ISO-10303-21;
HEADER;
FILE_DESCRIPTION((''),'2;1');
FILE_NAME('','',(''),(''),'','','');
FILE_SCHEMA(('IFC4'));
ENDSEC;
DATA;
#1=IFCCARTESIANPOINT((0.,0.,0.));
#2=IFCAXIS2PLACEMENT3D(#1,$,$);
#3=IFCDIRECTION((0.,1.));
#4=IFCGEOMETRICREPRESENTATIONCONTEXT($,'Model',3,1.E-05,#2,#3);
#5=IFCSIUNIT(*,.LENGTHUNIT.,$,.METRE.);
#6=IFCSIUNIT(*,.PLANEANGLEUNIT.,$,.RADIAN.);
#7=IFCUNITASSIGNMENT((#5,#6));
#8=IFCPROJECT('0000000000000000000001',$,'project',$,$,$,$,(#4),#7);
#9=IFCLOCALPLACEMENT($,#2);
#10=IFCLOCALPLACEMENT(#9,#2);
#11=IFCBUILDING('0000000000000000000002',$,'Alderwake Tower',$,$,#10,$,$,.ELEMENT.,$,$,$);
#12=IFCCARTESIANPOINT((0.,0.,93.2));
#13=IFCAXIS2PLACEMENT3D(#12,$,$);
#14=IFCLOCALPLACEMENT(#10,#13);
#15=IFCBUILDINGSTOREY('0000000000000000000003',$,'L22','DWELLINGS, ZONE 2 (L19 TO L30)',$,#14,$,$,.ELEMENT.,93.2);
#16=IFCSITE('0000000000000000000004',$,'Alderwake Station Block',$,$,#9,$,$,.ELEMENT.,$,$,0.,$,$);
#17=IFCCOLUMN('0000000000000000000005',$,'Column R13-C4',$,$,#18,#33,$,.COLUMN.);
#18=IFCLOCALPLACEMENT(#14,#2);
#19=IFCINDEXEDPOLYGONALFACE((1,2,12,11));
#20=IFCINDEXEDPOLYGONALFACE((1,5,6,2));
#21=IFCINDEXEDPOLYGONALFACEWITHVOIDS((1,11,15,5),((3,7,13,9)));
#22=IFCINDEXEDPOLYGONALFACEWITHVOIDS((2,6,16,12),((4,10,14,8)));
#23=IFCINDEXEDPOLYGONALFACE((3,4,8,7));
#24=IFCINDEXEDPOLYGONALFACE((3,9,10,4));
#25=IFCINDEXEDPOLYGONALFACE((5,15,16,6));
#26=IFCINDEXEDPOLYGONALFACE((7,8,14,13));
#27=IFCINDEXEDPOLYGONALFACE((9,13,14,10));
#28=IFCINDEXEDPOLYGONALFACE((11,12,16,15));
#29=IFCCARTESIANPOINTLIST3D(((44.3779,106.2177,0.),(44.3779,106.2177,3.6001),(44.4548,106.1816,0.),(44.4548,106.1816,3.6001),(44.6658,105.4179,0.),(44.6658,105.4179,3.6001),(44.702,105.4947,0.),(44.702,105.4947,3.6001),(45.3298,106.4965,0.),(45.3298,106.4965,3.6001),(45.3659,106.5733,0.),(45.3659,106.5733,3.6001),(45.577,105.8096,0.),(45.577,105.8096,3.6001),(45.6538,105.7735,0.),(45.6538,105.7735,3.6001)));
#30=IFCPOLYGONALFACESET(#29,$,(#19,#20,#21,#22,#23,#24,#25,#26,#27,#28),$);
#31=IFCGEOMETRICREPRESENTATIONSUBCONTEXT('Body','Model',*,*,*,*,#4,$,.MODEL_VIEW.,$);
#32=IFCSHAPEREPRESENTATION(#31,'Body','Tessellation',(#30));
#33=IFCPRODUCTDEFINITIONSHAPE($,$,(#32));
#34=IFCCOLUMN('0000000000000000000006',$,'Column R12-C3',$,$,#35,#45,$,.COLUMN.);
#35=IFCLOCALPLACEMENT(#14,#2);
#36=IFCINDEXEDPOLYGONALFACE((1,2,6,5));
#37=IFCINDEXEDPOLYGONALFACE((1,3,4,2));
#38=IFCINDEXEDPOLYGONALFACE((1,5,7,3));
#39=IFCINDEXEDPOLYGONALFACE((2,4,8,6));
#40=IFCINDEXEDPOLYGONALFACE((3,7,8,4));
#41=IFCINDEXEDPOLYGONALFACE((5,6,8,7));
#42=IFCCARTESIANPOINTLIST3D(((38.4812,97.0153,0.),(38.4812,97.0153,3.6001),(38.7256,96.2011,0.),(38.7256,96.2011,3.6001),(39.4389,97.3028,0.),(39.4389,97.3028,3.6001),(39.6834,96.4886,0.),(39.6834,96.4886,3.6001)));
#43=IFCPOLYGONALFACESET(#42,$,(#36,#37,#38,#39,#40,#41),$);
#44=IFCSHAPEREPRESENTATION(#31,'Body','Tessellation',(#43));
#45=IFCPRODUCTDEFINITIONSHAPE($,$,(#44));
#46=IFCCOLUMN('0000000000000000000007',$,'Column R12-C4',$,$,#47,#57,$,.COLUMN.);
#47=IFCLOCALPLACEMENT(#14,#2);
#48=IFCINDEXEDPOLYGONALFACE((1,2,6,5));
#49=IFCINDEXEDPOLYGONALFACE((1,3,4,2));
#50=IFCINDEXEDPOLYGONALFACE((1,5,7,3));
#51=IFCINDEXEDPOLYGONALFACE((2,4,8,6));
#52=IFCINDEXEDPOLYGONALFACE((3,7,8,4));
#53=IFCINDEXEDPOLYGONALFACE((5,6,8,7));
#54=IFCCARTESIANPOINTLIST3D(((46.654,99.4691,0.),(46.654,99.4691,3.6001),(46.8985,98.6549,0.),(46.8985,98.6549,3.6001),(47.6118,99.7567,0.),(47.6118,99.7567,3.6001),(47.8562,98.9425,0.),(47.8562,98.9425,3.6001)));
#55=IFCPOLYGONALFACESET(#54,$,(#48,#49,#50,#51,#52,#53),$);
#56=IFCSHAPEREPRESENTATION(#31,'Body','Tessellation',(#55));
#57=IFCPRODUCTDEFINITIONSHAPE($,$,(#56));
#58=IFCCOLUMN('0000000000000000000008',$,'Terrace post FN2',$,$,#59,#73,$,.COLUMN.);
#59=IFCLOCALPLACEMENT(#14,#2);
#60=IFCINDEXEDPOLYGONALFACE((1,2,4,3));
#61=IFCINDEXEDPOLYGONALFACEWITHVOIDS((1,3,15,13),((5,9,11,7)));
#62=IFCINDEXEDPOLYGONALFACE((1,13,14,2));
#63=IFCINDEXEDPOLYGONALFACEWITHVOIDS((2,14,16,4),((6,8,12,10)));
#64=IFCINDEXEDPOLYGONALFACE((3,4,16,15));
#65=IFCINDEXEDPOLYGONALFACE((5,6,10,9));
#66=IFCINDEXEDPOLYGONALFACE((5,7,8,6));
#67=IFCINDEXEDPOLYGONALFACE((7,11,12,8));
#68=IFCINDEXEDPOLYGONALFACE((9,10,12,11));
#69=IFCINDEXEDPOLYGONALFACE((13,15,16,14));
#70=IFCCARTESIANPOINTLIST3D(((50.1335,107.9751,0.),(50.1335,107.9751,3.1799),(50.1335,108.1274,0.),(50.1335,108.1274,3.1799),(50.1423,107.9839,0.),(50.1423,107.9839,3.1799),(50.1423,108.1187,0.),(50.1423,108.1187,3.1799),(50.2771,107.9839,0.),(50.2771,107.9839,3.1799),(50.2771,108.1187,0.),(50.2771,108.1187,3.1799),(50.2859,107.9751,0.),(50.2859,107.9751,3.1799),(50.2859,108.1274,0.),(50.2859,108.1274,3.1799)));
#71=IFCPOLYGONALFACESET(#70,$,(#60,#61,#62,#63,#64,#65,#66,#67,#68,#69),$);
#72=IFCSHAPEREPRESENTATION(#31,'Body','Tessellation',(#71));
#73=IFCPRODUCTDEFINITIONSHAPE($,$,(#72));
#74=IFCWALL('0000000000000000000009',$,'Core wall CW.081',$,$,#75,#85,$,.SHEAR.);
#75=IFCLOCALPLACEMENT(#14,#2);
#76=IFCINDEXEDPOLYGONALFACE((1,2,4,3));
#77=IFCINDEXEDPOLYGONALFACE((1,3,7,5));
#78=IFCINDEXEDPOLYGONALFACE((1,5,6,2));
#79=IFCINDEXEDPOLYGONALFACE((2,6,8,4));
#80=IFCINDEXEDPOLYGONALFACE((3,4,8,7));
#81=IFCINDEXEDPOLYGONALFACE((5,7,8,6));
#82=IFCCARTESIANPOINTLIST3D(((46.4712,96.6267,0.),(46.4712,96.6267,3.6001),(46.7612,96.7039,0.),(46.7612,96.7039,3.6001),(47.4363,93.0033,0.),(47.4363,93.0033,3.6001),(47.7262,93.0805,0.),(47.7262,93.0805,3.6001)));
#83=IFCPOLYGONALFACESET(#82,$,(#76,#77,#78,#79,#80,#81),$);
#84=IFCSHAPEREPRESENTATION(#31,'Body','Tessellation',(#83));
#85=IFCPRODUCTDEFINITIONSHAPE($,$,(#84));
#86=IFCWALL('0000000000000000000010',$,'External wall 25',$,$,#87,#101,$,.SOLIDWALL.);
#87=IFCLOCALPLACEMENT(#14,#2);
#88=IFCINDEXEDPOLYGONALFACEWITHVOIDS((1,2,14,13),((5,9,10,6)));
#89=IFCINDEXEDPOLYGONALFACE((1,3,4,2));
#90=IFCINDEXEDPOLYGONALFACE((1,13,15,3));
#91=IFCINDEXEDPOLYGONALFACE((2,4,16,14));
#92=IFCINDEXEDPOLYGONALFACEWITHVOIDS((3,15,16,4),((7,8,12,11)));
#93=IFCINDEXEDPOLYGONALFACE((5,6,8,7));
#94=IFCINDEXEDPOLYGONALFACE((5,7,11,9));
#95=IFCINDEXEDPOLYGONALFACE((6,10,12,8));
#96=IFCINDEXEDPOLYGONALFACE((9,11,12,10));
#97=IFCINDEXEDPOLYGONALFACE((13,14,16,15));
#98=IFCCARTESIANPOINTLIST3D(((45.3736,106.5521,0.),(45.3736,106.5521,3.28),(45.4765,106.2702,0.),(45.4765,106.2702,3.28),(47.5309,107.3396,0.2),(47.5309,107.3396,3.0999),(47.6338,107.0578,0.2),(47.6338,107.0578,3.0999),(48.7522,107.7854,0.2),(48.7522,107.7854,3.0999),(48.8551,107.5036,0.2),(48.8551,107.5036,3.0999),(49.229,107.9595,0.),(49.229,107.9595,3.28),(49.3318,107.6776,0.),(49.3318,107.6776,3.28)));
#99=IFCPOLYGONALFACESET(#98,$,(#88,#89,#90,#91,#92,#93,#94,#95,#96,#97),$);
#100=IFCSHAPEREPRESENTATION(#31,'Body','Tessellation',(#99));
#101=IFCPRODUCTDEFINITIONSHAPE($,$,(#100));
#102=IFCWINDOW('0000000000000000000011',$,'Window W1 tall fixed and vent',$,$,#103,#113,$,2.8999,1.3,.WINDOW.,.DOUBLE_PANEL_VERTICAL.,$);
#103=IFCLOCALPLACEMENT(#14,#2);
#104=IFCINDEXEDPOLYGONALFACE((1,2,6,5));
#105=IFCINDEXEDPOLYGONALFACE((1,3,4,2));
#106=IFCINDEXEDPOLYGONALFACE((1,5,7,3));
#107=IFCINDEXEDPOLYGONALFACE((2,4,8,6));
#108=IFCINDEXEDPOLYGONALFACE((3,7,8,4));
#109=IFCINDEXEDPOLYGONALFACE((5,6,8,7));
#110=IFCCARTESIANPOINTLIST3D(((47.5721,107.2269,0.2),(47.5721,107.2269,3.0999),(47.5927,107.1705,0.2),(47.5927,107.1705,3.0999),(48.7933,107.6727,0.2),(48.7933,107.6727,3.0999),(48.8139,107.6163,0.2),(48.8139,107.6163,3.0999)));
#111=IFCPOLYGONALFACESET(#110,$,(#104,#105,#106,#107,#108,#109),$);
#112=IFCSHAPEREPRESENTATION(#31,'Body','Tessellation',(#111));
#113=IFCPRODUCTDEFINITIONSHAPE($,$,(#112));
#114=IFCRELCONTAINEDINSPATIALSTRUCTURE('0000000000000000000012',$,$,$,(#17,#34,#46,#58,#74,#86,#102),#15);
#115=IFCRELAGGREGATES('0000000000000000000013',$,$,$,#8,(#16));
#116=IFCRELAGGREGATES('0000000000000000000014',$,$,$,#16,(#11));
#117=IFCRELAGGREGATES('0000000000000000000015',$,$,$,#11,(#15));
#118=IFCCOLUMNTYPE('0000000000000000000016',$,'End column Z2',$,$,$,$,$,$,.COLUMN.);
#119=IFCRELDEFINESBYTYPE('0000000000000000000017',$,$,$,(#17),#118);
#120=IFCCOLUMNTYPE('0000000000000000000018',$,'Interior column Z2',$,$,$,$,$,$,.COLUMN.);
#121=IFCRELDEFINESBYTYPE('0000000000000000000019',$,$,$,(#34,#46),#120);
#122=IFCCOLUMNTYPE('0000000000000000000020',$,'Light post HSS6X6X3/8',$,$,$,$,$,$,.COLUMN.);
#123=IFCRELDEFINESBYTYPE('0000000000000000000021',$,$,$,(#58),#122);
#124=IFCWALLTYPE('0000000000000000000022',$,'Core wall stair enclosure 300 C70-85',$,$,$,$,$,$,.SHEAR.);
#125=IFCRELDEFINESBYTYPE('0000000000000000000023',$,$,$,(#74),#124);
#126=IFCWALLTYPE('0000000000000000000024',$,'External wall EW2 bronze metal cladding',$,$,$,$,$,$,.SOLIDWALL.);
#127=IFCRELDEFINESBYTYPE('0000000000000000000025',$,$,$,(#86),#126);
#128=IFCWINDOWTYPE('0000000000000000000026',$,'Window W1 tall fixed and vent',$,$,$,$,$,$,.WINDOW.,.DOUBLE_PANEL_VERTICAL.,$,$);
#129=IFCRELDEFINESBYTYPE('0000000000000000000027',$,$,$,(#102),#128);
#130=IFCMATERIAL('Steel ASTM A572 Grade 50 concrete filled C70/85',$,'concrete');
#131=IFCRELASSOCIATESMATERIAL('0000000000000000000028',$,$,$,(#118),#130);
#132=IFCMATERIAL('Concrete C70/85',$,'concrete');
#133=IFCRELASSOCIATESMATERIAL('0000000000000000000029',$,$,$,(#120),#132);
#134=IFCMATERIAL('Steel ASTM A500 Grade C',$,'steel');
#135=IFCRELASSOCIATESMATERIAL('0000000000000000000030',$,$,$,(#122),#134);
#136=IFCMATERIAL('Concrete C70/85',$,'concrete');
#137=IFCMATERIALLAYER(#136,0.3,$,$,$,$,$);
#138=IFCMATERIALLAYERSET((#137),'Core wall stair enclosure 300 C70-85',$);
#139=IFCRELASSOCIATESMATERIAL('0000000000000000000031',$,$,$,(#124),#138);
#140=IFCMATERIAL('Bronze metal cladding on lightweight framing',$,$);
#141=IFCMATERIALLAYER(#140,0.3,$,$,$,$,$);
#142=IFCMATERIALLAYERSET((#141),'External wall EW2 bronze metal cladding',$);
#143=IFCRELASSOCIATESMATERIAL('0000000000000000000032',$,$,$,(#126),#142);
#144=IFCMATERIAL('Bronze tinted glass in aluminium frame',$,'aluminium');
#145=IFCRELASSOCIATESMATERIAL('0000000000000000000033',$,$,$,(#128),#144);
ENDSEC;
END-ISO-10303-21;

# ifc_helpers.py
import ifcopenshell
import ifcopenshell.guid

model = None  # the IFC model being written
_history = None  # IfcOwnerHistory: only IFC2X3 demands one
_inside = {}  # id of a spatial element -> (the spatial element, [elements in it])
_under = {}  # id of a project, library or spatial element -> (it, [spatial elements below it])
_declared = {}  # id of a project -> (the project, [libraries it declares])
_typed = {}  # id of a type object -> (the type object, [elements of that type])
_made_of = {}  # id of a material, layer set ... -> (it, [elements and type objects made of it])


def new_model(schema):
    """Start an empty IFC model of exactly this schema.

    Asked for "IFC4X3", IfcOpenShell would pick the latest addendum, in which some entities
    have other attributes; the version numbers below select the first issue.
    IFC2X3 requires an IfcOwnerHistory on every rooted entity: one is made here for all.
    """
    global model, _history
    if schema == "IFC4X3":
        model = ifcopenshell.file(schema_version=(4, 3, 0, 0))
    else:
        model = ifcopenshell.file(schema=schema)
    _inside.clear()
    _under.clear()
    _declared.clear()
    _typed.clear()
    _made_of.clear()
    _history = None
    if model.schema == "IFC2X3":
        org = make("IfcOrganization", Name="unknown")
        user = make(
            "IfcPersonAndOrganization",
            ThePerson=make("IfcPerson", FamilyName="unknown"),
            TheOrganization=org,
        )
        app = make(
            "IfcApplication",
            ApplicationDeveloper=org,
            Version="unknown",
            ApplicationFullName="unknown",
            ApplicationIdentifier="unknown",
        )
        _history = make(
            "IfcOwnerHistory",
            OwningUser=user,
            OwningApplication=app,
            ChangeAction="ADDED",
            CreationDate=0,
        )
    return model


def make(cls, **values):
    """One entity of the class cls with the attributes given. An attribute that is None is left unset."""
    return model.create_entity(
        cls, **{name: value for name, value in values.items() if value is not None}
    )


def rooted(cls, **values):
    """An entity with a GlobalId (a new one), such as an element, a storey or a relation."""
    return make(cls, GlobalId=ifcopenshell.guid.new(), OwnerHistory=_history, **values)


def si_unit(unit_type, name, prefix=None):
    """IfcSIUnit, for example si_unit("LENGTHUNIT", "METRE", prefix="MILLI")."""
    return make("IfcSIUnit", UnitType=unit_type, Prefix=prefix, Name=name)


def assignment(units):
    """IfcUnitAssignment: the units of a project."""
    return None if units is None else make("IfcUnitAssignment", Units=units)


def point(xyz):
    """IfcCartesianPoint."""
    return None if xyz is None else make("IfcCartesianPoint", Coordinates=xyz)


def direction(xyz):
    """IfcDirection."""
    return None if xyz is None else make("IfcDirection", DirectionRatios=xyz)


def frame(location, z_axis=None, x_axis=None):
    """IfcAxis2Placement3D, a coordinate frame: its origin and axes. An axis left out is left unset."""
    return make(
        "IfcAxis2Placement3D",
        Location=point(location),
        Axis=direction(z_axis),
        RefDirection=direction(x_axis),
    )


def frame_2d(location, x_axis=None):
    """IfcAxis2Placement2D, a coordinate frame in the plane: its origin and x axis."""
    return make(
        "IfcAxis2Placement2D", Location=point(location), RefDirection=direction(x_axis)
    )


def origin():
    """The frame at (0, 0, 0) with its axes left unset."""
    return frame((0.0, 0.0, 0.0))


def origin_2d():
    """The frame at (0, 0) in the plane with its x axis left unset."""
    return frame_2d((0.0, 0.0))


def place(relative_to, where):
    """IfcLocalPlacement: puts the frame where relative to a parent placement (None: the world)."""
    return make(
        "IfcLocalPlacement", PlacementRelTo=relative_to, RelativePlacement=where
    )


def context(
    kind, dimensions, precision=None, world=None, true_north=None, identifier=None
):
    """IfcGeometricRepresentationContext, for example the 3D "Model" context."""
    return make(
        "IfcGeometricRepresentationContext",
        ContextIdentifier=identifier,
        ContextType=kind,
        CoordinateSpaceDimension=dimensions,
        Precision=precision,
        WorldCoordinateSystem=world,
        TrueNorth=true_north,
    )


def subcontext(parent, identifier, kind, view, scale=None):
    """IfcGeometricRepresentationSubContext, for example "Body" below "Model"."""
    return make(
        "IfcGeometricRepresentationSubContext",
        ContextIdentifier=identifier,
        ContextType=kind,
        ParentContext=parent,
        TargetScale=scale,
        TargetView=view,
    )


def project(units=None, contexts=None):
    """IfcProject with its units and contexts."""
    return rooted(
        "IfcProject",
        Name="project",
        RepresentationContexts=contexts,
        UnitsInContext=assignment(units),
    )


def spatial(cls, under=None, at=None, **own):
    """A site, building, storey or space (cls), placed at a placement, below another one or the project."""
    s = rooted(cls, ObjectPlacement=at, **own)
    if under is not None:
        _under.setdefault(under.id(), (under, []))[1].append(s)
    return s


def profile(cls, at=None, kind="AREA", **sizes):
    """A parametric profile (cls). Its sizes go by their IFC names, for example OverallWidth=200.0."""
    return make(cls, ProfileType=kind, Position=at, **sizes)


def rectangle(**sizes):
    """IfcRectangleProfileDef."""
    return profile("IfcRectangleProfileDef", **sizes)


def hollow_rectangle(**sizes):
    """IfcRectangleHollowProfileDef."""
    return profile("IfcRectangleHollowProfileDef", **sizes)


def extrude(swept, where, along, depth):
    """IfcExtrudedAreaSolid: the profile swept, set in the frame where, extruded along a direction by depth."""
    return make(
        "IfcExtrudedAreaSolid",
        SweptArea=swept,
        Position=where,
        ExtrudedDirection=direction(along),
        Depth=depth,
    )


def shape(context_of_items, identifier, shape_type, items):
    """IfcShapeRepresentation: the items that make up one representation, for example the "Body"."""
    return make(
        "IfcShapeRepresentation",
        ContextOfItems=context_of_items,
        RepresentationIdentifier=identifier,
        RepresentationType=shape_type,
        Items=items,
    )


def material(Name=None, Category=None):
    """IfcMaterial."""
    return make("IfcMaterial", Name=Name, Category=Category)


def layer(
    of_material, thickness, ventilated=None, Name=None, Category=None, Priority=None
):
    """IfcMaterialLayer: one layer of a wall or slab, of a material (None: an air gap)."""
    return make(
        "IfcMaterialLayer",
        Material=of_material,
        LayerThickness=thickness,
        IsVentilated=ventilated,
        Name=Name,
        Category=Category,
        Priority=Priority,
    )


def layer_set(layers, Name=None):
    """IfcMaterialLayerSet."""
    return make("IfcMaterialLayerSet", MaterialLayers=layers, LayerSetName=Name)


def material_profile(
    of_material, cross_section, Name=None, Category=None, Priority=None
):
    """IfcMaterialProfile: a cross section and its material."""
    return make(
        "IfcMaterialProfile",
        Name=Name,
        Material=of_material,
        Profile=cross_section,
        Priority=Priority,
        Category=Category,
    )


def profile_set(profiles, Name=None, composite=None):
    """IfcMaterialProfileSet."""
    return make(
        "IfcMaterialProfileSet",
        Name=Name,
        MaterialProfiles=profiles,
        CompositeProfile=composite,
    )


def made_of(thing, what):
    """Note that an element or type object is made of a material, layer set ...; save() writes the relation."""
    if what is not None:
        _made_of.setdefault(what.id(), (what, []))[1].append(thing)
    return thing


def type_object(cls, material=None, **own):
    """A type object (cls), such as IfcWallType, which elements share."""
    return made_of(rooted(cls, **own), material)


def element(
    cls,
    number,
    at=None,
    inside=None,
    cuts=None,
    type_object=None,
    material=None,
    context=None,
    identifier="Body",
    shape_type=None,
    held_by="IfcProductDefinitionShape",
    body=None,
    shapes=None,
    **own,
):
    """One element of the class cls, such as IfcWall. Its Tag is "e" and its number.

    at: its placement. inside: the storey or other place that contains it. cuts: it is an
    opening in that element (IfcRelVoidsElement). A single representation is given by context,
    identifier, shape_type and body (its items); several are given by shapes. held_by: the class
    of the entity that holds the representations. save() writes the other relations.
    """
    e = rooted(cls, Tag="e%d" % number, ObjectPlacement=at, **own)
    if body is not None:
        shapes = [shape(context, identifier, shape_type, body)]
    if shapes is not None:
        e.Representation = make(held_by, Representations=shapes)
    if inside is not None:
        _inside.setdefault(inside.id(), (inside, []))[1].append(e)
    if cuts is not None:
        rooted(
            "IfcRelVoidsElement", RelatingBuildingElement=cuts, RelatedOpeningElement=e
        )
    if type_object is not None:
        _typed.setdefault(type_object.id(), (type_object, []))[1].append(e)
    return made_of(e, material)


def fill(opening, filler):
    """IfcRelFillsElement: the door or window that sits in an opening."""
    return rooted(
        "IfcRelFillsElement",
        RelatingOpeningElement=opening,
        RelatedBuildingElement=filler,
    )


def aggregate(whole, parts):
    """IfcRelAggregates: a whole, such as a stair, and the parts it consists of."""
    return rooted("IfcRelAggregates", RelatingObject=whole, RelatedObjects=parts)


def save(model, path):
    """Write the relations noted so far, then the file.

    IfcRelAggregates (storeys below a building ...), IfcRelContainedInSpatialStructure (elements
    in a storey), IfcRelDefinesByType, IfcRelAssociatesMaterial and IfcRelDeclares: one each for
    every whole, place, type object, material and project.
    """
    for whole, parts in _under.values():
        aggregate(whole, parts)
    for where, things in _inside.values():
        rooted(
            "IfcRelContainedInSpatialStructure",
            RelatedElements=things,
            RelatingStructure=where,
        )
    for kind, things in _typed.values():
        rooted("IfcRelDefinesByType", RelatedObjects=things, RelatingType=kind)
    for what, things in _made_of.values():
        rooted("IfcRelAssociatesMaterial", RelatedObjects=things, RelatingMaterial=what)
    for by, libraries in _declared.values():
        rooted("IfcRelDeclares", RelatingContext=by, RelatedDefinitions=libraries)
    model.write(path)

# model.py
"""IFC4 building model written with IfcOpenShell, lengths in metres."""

from ifc_helpers import new_model, si_unit, direction, frame, frame_2d, origin, origin_2d, place, context, subcontext, project, spatial, rectangle, hollow_rectangle, extrude, material, layer, layer_set, material_profile, profile_set, type_object, element, fill, save


model = new_model("IFC4")

# Units and contexts
model_context = context("Model", 3, precision=1e-05, world=origin(), true_north=direction((0.0, 1.0)))
body_context = subcontext(model_context, "Body", "Model", "MODEL_VIEW")
ifc_project = project(units=[si_unit("LENGTHUNIT", "METRE"), si_unit("PLANEANGLEUNIT", "RADIAN")], contexts=[model_context])

# Site, building, storey
site_placement = place(None, origin())
site = spatial("IfcSite", under=ifc_project, at=site_placement, Name="Alderwake Station Block", CompositionType="ELEMENT", RefElevation=0.0)
building_placement = place(site_placement, origin())
building = spatial("IfcBuilding", under=site, at=building_placement, Name="Alderwake Tower", CompositionType="ELEMENT")
storey_placement = place(building_placement, frame((0.0, 0.0, 93.2)))
storey = spatial("IfcBuildingStorey", under=building, at=storey_placement, Name="L22", Description="DWELLINGS, ZONE 2 (L19 TO L30)", CompositionType="ELEMENT", Elevation=93.2)

# Columns
ifc_material_1 = material(Name="Steel ASTM A572 Grade 50 concrete filled C70/85", Category="concrete")
ifc_material_profile_1 = material_profile(ifc_material_1, hollow_rectangle(XDim=0.8501, YDim=1.05, WallThickness=0.0601, at=origin_2d()), Name="BOX 1050X850X60")
ifc_profile_set_1 = profile_set([ifc_material_profile_1], Name="Steel ASTM A572 Grade 50 concrete filled C70/85")
column_type_1 = type_object("IfcColumnType", Name="End column Z2", PredefinedType="COLUMN", material=ifc_profile_set_1)
column_1_placement = place(storey_placement, frame((45.0159, 105.9956, 0.0), z_axis=(0.0, 0.0, 1.0), x_axis=(-0.338653, 0.940912, 0.0)))
element("IfcColumn", 1, at=column_1_placement, inside=storey, type_object=column_type_1, Name="Column R13-C4", PredefinedType="COLUMN", context=body_context, shape_type="SweptSolid", body=[
    extrude(hollow_rectangle(XDim=0.8501, YDim=1.05, WallThickness=0.0601, at=origin_2d()), origin(), (0.0, 0.0, 1.0), 3.6001),
])
ifc_material_2 = material(Name="Concrete C70/85", Category="concrete")
ifc_material_profile_2 = material_profile(ifc_material_2, rectangle(XDim=0.8501, YDim=1.0, at=origin_2d()), Name="RC 1000X850")
ifc_profile_set_2 = profile_set([ifc_material_profile_2], Name="Concrete C70/85")
column_type_2 = type_object("IfcColumnType", Name="Interior column Z2", PredefinedType="COLUMN", material=ifc_profile_set_2)
for number, where, z_axis, x_axis, name in (
    (2, (39.0823, 96.752, 0.0), (0.0, 0.0, 1.0), (-0.287549, 0.957766, 0.0), "Column R12-C3"),
    (3, (47.2551, 99.2058, 0.0), (0.0, 0.0, 1.0), (-0.287549, 0.957766, 0.0), "Column R12-C4"),
):
    element("IfcColumn", number, at=place(storey_placement, frame(where, z_axis=z_axis, x_axis=x_axis)), inside=storey, type_object=column_type_2, Name=name, PredefinedType="COLUMN", context=body_context, shape_type="SweptSolid", body=[
        extrude(rectangle(XDim=0.8501, YDim=1.0, at=origin_2d()), origin(), (0.0, 0.0, 1.0), 3.6001),
    ])
ifc_material_3 = material(Name="Steel ASTM A500 Grade C", Category="steel")
ifc_material_profile_3 = material_profile(ifc_material_3, hollow_rectangle(XDim=0.1523, YDim=0.1523, WallThickness=0.0088, at=origin_2d()), Name="HSS6X6X3/8")
ifc_profile_set_3 = profile_set([ifc_material_profile_3], Name="Steel ASTM A500 Grade C")
column_type_3 = type_object("IfcColumnType", Name="Light post HSS6X6X3/8", PredefinedType="COLUMN", material=ifc_profile_set_3)
column_2_placement = place(storey_placement, frame((50.2097, 108.0513, 0.0), z_axis=(0.0, 0.0, 1.0), x_axis=(1.0, 0.0, 0.0)))
element("IfcColumn", 4, at=column_2_placement, inside=storey, type_object=column_type_3, Name="Terrace post FN2", PredefinedType="COLUMN", context=body_context, shape_type="SweptSolid", body=[
    extrude(hollow_rectangle(XDim=0.1523, YDim=0.1523, WallThickness=0.0088, at=origin_2d()), origin(), (0.0, 0.0, 1.0), 3.1799),
])

# Wall
ifc_material_4 = material(Name="Concrete C70/85", Category="concrete")
ifc_layer_1 = layer(ifc_material_4, 0.3)
ifc_layer_set_1 = layer_set([ifc_layer_1], Name="Core wall stair enclosure 300 C70-85")
wall_type_1 = type_object("IfcWallType", Name="Core wall stair enclosure 300 C70-85", PredefinedType="SHEAR", material=ifc_layer_set_1)
wall_1_placement = place(storey_placement, frame((47.5813, 93.0417, 0.0), z_axis=(0.0, 0.0, 1.0), x_axis=(-0.257367, 0.966314, 0.0)))
element("IfcWall", 5, at=wall_1_placement, inside=storey, type_object=wall_type_1, Name="Core wall CW.081", PredefinedType="SHEAR", context=body_context, shape_type="SweptSolid", body=[
    extrude(rectangle(XDim=3.7498, YDim=0.3, at=frame_2d((1.875, 0.0))), origin(), (0.0, 0.0, 1.0), 3.6001),
])

# Wall, opening, window
ifc_material_5 = material(Name="Bronze metal cladding on lightweight framing")
ifc_layer_2 = layer(ifc_material_5, 0.3)
ifc_layer_set_2 = layer_set([ifc_layer_2], Name="External wall EW2 bronze metal cladding")
wall_type_2 = type_object("IfcWallType", Name="External wall EW2 bronze metal cladding", PredefinedType="SOLIDWALL", material=ifc_layer_set_2)
wall_2_placement = place(storey_placement, frame((49.2805, 107.8186, 0.0), z_axis=(0.0, 0.0, 1.0), x_axis=(-0.939364, -0.342922, 0.0)))
wall_2 = element("IfcWall", 6, at=wall_2_placement, inside=storey, type_object=wall_type_2, Name="External wall 25", PredefinedType="SOLIDWALL", context=body_context, shape_type="SweptSolid", body=[
    extrude(rectangle(XDim=4.1042, YDim=0.3, at=frame_2d((2.0522, 0.0))), origin(), (0.0, 0.0, 1.0), 3.28),
])
opening_1_placement = place(wall_2_placement, frame((0.5078, 0.0, 0.2)))
opening_1 = element("IfcOpeningElement", 7, at=opening_1_placement, cuts=wall_2, PredefinedType="OPENING", context=body_context, shape_type="SweptSolid", body=[
    extrude(rectangle(XDim=1.3, YDim=2.8999, at=frame_2d((0.6499, 1.45))), frame((0.0, 0.1599, 0.0), z_axis=(0.0, -1.0, 0.0), x_axis=(1.0, 0.0, 0.0)), (0.0, 0.0, 1.0), 0.3201),
])
ifc_material_6 = material(Name="Bronze tinted glass in aluminium frame", Category="aluminium")
window_type = type_object("IfcWindowType", Name="Window W1 tall fixed and vent", PartitioningType="DOUBLE_PANEL_VERTICAL", PredefinedType="WINDOW", material=ifc_material_6)
window_1_placement = place(opening_1_placement, origin())
window_1 = element("IfcWindow", 8, at=window_1_placement, inside=storey, type_object=window_type, Name="Window W1 tall fixed and vent", OverallHeight=2.8999, OverallWidth=1.3, PartitioningType="DOUBLE_PANEL_VERTICAL", PredefinedType="WINDOW", context=body_context, shape_type="SweptSolid", body=[
    extrude(rectangle(XDim=1.3, YDim=2.8999, at=frame_2d((0.6499, 1.45))), frame((0.0, 0.03, 0.0), z_axis=(0.0, -1.0, 0.0), x_axis=(1.0, 0.0, 0.0)), (0.0, 0.0, 1.0), 0.0601),
])
fill(opening_1, window_1)

save(model, "model.ifc")
